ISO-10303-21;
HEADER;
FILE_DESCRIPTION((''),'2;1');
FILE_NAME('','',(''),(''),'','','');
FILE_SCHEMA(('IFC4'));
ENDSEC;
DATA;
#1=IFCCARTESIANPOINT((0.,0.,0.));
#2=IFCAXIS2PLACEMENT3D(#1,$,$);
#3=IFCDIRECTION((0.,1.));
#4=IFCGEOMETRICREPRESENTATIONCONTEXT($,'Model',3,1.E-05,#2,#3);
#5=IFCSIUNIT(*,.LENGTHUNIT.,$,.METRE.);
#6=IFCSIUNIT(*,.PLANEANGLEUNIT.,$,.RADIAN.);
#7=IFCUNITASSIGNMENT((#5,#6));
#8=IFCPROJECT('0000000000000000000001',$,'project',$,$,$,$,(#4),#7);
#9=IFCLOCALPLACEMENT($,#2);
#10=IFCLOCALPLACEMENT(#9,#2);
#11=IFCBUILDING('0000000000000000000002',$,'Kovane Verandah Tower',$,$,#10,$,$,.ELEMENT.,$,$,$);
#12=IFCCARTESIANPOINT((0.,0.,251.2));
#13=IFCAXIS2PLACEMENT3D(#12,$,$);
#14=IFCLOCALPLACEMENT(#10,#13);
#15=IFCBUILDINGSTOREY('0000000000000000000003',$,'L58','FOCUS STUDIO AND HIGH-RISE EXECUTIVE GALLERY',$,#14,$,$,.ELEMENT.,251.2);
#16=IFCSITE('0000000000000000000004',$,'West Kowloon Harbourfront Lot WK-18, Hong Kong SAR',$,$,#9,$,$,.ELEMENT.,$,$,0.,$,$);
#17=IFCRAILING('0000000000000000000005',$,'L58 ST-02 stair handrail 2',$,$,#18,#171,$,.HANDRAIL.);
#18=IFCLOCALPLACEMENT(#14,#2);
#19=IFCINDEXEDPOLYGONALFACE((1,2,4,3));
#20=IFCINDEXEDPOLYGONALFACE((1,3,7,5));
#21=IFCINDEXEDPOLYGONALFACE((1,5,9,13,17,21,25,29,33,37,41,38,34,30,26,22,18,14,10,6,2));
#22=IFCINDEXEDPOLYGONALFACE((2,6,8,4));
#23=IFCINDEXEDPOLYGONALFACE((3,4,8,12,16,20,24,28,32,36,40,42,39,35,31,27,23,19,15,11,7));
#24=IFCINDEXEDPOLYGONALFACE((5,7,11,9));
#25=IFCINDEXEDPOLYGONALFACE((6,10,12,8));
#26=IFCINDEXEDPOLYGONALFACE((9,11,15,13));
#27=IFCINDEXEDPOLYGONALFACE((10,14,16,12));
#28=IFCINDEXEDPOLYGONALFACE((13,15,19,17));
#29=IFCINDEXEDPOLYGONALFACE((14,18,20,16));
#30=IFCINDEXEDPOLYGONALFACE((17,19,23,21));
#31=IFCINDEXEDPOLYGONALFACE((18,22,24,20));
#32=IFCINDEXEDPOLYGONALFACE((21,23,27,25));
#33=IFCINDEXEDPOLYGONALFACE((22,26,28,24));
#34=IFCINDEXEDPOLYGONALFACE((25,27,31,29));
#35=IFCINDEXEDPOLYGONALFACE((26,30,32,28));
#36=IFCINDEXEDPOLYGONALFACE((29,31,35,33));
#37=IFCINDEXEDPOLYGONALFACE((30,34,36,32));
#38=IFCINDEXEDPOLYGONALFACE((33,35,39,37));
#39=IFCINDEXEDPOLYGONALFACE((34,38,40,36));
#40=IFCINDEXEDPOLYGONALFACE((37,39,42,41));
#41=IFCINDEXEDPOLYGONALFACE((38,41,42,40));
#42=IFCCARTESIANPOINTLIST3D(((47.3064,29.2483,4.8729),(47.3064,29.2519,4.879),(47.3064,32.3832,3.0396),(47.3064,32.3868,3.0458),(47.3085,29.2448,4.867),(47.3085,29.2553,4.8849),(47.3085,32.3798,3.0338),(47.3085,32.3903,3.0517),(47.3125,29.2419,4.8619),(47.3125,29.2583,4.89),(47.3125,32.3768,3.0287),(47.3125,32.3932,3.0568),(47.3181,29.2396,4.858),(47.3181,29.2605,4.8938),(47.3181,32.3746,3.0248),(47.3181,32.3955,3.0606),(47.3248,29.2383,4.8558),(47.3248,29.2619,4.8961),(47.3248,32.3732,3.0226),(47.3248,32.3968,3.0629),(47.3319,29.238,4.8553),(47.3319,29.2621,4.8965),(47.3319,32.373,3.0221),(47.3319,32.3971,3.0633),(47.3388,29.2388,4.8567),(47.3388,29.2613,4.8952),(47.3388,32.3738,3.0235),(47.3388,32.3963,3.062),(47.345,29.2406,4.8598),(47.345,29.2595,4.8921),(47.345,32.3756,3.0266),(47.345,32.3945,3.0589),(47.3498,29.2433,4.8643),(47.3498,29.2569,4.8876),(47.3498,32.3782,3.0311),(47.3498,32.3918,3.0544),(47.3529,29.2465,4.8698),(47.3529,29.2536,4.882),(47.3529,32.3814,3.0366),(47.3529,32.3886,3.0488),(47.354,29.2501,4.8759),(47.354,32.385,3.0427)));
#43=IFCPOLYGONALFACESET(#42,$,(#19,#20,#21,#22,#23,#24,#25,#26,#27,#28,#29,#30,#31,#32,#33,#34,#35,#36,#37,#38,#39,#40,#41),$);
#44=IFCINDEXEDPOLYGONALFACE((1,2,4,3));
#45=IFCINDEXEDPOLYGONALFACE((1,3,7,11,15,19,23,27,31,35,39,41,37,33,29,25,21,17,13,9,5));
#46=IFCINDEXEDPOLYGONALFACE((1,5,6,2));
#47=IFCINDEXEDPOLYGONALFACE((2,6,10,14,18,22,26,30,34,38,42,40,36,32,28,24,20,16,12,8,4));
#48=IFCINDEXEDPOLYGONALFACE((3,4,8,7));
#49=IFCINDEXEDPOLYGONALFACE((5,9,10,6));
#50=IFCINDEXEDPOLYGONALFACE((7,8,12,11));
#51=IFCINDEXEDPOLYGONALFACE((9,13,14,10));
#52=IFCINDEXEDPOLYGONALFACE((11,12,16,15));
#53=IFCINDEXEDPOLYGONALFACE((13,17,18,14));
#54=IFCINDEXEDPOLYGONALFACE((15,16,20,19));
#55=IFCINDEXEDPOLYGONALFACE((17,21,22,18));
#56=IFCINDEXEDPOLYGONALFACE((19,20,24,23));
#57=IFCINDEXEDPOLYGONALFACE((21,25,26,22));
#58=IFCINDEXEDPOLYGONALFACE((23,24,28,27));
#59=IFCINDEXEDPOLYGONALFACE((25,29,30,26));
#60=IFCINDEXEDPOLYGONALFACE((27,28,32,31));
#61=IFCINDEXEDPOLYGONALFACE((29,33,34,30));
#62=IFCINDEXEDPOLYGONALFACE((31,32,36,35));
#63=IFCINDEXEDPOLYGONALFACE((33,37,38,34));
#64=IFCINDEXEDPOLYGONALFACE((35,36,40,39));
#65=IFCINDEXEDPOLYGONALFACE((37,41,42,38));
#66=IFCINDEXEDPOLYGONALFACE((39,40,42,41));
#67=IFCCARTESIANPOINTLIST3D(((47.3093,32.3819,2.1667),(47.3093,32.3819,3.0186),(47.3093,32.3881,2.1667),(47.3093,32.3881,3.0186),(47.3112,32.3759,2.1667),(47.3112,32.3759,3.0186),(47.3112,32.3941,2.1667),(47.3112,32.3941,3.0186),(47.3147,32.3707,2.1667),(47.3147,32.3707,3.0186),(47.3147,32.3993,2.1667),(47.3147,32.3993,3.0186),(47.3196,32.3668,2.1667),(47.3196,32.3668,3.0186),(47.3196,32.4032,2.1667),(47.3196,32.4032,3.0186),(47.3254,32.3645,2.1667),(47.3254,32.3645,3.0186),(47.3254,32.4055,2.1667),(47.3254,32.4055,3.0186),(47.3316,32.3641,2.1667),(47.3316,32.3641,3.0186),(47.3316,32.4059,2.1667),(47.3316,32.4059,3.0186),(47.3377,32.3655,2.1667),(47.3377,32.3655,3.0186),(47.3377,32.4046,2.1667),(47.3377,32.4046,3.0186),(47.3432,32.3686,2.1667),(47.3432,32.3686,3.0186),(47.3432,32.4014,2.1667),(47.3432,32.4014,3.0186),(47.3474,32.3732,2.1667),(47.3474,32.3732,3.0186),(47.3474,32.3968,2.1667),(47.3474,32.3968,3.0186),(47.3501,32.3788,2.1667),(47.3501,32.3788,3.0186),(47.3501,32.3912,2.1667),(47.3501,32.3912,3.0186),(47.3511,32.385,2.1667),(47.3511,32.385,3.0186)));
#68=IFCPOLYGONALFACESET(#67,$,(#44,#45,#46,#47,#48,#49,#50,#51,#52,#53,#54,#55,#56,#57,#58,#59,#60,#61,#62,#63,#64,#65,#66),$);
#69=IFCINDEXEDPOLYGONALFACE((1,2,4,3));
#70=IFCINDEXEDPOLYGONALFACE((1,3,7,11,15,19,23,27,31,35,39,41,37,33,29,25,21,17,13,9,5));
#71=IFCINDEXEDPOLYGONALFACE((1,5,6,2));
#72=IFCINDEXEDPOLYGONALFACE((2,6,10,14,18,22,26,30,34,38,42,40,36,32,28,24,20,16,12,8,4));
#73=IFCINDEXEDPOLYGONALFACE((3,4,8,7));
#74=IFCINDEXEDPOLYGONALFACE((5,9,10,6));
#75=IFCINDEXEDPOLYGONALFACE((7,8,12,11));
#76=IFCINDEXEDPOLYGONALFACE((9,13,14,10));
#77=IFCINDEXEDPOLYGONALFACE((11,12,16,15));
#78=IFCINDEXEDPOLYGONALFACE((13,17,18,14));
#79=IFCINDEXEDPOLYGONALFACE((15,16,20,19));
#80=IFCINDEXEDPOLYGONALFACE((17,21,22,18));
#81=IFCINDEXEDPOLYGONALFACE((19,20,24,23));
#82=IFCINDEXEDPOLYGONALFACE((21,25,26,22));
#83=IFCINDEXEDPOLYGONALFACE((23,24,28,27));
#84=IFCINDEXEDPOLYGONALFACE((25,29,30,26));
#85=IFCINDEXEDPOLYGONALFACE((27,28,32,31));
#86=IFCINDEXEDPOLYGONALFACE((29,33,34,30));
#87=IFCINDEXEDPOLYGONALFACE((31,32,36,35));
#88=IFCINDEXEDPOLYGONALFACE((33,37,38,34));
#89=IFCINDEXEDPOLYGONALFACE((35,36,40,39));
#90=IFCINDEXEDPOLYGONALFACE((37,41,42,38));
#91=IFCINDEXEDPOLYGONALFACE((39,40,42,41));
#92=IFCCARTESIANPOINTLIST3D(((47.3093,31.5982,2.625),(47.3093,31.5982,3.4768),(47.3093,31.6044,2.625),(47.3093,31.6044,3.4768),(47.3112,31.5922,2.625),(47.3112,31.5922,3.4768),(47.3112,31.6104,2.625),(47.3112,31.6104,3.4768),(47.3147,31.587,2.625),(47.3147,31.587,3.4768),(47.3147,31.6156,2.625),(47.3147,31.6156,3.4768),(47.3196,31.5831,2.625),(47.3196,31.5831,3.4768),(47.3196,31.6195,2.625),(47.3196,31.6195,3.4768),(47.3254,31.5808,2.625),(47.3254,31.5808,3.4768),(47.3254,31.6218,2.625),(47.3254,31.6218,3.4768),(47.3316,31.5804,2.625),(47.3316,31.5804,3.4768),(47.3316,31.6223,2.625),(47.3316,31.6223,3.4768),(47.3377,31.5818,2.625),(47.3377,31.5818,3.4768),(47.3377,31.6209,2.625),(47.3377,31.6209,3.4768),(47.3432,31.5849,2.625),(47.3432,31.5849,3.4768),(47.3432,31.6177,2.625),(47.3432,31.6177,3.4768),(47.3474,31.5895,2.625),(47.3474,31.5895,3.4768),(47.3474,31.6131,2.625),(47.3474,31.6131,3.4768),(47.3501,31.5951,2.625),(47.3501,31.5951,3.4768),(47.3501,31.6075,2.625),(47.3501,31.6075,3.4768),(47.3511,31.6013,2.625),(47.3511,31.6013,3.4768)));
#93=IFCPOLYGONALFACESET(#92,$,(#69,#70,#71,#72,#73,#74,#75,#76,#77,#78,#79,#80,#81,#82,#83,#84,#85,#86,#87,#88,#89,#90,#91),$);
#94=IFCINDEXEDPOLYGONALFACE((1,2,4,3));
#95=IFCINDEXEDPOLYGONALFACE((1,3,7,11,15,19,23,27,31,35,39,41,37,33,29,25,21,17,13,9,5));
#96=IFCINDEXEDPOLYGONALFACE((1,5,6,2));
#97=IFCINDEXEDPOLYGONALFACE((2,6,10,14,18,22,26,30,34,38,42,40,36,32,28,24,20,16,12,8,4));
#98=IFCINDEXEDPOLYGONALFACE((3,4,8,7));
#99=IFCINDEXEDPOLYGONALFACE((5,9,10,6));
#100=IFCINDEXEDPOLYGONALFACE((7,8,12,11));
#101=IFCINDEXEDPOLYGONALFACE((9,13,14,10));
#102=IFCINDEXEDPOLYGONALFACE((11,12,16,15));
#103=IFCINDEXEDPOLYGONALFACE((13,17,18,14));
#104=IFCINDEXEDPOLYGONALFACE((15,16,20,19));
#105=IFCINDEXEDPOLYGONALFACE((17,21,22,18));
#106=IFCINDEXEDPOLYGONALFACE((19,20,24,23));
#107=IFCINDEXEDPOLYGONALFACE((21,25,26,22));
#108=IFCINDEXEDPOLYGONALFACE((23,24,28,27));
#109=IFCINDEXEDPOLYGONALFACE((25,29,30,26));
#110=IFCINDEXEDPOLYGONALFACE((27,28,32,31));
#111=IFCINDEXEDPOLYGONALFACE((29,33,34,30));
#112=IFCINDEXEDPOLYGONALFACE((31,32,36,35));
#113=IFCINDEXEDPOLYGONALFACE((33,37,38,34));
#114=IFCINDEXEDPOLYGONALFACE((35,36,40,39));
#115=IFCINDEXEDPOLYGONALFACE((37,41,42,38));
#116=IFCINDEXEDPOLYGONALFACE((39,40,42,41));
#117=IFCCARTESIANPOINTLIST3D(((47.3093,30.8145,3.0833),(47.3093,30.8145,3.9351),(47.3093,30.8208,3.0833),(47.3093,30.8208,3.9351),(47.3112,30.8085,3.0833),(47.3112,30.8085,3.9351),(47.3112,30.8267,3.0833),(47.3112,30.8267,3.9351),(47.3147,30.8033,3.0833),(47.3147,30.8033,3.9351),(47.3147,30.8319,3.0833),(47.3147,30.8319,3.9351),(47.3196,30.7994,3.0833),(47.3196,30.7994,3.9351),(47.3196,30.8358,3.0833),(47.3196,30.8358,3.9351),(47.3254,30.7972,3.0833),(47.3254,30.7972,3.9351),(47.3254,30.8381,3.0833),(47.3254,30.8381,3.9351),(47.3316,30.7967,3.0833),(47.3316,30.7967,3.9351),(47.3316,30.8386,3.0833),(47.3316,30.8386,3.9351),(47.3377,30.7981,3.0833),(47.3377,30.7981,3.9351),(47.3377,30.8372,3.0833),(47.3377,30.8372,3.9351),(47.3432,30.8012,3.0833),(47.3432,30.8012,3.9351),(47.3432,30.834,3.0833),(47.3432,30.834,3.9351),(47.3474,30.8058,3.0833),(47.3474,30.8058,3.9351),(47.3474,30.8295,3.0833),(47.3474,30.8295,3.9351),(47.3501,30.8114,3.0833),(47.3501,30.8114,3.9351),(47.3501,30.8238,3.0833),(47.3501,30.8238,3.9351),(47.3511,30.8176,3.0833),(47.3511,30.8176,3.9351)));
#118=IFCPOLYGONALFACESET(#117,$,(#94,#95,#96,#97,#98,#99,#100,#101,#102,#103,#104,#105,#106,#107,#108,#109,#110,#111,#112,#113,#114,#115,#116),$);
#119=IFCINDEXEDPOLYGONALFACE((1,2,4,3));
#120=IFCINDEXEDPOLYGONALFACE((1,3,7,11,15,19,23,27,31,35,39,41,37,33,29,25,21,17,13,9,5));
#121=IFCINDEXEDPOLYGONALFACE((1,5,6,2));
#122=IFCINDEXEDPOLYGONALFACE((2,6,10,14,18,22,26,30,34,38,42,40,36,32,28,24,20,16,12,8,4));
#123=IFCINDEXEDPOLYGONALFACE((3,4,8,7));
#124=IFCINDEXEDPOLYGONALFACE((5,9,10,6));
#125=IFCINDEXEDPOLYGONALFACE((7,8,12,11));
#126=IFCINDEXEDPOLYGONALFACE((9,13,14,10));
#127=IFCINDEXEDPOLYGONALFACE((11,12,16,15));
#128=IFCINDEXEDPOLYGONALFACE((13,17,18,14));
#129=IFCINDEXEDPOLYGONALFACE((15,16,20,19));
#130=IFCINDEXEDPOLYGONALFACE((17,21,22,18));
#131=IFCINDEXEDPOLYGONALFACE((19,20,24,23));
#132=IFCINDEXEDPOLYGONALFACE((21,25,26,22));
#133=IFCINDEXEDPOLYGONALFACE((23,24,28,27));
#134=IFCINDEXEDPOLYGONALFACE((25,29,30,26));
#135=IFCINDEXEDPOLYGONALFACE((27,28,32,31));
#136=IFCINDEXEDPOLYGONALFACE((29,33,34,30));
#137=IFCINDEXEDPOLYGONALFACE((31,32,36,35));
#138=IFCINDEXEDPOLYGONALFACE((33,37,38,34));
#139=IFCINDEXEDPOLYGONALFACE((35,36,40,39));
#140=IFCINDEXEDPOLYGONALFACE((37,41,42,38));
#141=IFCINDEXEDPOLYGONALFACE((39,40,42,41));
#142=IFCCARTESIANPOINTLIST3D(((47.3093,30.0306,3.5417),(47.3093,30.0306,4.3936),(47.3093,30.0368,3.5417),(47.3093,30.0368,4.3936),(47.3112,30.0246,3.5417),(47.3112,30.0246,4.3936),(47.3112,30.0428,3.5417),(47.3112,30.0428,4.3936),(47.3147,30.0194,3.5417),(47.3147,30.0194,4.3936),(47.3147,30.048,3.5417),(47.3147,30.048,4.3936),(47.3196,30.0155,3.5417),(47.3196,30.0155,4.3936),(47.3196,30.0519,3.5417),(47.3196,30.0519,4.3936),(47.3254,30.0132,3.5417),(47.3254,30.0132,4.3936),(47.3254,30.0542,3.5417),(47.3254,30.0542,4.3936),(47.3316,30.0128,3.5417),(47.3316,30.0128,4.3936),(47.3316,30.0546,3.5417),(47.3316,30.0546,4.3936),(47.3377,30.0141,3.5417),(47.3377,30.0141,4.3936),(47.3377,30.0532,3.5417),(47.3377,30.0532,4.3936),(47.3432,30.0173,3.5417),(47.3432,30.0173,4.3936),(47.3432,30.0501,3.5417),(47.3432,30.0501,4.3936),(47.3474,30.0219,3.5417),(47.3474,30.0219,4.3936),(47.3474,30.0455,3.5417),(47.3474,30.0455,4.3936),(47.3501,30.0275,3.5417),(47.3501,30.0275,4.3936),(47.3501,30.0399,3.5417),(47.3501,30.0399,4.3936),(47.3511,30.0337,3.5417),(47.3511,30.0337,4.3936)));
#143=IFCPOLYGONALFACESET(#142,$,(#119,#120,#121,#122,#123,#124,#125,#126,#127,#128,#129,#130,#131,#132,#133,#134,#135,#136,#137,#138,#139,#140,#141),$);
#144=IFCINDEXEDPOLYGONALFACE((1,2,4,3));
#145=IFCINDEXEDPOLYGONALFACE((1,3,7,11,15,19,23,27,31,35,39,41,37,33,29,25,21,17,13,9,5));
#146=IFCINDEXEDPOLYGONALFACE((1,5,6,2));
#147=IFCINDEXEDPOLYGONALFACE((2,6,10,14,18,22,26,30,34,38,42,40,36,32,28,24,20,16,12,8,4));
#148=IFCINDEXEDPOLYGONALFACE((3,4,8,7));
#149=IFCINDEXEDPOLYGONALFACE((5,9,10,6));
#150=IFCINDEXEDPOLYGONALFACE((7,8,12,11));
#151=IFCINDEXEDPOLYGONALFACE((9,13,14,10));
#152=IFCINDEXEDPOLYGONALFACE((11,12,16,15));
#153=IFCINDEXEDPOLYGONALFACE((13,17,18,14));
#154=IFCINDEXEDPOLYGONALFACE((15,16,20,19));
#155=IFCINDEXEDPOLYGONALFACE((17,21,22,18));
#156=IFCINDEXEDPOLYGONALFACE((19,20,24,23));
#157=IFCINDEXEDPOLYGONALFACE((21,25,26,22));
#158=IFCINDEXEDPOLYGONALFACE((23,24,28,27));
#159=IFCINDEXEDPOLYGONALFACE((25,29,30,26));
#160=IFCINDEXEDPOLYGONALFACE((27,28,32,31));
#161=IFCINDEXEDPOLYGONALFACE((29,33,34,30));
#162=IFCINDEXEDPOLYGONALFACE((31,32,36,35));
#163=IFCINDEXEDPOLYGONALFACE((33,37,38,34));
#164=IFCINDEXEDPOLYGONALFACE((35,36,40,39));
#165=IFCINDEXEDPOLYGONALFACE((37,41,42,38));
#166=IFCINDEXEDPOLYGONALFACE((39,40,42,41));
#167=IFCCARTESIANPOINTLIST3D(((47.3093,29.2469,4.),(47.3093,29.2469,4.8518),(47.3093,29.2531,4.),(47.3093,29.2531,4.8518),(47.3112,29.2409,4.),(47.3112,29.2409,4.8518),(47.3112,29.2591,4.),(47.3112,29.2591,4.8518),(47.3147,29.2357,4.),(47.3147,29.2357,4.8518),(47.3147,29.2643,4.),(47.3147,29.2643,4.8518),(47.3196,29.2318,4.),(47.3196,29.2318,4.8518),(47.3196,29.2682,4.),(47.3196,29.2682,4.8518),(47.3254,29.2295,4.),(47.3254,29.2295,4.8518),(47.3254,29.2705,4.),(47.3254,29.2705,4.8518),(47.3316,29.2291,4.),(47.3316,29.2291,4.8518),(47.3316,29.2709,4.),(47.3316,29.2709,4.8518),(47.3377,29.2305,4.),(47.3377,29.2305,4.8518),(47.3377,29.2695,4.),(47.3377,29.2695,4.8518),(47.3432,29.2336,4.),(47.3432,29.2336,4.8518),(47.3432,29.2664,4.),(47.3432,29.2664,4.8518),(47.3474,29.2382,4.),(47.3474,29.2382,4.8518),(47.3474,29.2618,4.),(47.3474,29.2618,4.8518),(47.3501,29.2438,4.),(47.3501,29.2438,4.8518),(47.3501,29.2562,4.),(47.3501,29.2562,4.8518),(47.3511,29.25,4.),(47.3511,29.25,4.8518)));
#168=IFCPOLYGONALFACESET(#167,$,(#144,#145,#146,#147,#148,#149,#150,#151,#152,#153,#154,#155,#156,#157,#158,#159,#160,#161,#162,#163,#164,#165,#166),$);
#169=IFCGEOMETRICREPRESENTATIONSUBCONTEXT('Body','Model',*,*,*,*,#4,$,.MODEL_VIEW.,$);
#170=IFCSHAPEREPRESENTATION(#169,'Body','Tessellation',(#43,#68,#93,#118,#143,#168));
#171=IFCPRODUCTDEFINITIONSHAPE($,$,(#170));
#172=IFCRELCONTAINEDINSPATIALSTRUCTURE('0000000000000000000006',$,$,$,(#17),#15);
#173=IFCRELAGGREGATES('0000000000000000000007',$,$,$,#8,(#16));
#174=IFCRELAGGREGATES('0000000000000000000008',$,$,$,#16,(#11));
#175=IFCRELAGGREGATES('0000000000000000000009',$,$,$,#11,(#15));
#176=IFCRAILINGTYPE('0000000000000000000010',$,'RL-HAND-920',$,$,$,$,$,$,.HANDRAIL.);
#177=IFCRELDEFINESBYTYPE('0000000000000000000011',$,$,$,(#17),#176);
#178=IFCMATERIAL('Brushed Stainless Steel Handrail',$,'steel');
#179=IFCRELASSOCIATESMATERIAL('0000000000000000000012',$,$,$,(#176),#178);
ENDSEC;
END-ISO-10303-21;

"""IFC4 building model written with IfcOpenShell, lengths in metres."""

from ifc_helpers import new_model, si_unit, direction, frame, origin, origin_2d, place, context, subcontext, project, spatial, circle, extrude, material, type_object, element, save


model = new_model("IFC4")

# Units and contexts
model_context = context("Model", 3, precision=1e-05, world=origin(), true_north=direction((0.0, 1.0)))
body_context = subcontext(model_context, "Body", "Model", "MODEL_VIEW")
ifc_project = project(units=[si_unit("LENGTHUNIT", "METRE"), si_unit("PLANEANGLEUNIT", "RADIAN")], contexts=[model_context])

# Site, building, storey
site_placement = place(None, origin())
site = spatial("IfcSite", under=ifc_project, at=site_placement, Name="West Kowloon Harbourfront Lot WK-18, Hong Kong SAR", CompositionType="ELEMENT", RefElevation=0.0)
building_placement = place(site_placement, origin())
building = spatial("IfcBuilding", under=site, at=building_placement, Name="Kovane Verandah Tower", CompositionType="ELEMENT")
storey_placement = place(building_placement, frame((0.0, 0.0, 251.2)))
storey = spatial("IfcBuildingStorey", under=building, at=storey_placement, Name="L58", Description="FOCUS STUDIO AND HIGH-RISE EXECUTIVE GALLERY", CompositionType="ELEMENT", Elevation=251.2)

# Railing
ifc_material_1 = material(Name="Brushed Stainless Steel Handrail", Category="steel")
railing_type_1 = type_object("IfcRailingType", Name="RL-HAND-920", PredefinedType="HANDRAIL", material=ifc_material_1)
railing_1_placement = place(storey_placement, frame((47.3301, 32.385, 2.1667)))
element("IfcRailing", 1, at=railing_1_placement, inside=storey, type_object=railing_type_1, Name="L58 ST-02 stair handrail 2", PredefinedType="HANDRAIL", context=body_context, shape_type="SweptSolid", body=[
    extrude(circle(Radius=0.0239, at=origin_2d()), frame((0.0, 0.0, 0.876), z_axis=(0.0, -0.86324, 0.504794), x_axis=(1.0, 0.0, 0.0)), (0.0, 0.0, 1.0), 3.6316),
    extrude(circle(Radius=0.021, at=origin_2d()), origin(), (0.0, 0.0, 1.0), 0.8518),
    extrude(circle(Radius=0.021, at=origin_2d()), frame((0.0, -0.7837, 0.4583)), (0.0, 0.0, 1.0), 0.8518),
    extrude(circle(Radius=0.021, at=origin_2d()), frame((0.0, -1.5674, 0.9165)), (0.0, 0.0, 1.0), 0.8518),
    extrude(circle(Radius=0.021, at=origin_2d()), frame((0.0, -2.3513, 1.375)), (0.0, 0.0, 1.0), 0.8518),
    extrude(circle(Radius=0.021, at=origin_2d()), frame((0.0, -3.135, 1.8333)), (0.0, 0.0, 1.0), 0.8518),
])

save(model, "model.ifc")
